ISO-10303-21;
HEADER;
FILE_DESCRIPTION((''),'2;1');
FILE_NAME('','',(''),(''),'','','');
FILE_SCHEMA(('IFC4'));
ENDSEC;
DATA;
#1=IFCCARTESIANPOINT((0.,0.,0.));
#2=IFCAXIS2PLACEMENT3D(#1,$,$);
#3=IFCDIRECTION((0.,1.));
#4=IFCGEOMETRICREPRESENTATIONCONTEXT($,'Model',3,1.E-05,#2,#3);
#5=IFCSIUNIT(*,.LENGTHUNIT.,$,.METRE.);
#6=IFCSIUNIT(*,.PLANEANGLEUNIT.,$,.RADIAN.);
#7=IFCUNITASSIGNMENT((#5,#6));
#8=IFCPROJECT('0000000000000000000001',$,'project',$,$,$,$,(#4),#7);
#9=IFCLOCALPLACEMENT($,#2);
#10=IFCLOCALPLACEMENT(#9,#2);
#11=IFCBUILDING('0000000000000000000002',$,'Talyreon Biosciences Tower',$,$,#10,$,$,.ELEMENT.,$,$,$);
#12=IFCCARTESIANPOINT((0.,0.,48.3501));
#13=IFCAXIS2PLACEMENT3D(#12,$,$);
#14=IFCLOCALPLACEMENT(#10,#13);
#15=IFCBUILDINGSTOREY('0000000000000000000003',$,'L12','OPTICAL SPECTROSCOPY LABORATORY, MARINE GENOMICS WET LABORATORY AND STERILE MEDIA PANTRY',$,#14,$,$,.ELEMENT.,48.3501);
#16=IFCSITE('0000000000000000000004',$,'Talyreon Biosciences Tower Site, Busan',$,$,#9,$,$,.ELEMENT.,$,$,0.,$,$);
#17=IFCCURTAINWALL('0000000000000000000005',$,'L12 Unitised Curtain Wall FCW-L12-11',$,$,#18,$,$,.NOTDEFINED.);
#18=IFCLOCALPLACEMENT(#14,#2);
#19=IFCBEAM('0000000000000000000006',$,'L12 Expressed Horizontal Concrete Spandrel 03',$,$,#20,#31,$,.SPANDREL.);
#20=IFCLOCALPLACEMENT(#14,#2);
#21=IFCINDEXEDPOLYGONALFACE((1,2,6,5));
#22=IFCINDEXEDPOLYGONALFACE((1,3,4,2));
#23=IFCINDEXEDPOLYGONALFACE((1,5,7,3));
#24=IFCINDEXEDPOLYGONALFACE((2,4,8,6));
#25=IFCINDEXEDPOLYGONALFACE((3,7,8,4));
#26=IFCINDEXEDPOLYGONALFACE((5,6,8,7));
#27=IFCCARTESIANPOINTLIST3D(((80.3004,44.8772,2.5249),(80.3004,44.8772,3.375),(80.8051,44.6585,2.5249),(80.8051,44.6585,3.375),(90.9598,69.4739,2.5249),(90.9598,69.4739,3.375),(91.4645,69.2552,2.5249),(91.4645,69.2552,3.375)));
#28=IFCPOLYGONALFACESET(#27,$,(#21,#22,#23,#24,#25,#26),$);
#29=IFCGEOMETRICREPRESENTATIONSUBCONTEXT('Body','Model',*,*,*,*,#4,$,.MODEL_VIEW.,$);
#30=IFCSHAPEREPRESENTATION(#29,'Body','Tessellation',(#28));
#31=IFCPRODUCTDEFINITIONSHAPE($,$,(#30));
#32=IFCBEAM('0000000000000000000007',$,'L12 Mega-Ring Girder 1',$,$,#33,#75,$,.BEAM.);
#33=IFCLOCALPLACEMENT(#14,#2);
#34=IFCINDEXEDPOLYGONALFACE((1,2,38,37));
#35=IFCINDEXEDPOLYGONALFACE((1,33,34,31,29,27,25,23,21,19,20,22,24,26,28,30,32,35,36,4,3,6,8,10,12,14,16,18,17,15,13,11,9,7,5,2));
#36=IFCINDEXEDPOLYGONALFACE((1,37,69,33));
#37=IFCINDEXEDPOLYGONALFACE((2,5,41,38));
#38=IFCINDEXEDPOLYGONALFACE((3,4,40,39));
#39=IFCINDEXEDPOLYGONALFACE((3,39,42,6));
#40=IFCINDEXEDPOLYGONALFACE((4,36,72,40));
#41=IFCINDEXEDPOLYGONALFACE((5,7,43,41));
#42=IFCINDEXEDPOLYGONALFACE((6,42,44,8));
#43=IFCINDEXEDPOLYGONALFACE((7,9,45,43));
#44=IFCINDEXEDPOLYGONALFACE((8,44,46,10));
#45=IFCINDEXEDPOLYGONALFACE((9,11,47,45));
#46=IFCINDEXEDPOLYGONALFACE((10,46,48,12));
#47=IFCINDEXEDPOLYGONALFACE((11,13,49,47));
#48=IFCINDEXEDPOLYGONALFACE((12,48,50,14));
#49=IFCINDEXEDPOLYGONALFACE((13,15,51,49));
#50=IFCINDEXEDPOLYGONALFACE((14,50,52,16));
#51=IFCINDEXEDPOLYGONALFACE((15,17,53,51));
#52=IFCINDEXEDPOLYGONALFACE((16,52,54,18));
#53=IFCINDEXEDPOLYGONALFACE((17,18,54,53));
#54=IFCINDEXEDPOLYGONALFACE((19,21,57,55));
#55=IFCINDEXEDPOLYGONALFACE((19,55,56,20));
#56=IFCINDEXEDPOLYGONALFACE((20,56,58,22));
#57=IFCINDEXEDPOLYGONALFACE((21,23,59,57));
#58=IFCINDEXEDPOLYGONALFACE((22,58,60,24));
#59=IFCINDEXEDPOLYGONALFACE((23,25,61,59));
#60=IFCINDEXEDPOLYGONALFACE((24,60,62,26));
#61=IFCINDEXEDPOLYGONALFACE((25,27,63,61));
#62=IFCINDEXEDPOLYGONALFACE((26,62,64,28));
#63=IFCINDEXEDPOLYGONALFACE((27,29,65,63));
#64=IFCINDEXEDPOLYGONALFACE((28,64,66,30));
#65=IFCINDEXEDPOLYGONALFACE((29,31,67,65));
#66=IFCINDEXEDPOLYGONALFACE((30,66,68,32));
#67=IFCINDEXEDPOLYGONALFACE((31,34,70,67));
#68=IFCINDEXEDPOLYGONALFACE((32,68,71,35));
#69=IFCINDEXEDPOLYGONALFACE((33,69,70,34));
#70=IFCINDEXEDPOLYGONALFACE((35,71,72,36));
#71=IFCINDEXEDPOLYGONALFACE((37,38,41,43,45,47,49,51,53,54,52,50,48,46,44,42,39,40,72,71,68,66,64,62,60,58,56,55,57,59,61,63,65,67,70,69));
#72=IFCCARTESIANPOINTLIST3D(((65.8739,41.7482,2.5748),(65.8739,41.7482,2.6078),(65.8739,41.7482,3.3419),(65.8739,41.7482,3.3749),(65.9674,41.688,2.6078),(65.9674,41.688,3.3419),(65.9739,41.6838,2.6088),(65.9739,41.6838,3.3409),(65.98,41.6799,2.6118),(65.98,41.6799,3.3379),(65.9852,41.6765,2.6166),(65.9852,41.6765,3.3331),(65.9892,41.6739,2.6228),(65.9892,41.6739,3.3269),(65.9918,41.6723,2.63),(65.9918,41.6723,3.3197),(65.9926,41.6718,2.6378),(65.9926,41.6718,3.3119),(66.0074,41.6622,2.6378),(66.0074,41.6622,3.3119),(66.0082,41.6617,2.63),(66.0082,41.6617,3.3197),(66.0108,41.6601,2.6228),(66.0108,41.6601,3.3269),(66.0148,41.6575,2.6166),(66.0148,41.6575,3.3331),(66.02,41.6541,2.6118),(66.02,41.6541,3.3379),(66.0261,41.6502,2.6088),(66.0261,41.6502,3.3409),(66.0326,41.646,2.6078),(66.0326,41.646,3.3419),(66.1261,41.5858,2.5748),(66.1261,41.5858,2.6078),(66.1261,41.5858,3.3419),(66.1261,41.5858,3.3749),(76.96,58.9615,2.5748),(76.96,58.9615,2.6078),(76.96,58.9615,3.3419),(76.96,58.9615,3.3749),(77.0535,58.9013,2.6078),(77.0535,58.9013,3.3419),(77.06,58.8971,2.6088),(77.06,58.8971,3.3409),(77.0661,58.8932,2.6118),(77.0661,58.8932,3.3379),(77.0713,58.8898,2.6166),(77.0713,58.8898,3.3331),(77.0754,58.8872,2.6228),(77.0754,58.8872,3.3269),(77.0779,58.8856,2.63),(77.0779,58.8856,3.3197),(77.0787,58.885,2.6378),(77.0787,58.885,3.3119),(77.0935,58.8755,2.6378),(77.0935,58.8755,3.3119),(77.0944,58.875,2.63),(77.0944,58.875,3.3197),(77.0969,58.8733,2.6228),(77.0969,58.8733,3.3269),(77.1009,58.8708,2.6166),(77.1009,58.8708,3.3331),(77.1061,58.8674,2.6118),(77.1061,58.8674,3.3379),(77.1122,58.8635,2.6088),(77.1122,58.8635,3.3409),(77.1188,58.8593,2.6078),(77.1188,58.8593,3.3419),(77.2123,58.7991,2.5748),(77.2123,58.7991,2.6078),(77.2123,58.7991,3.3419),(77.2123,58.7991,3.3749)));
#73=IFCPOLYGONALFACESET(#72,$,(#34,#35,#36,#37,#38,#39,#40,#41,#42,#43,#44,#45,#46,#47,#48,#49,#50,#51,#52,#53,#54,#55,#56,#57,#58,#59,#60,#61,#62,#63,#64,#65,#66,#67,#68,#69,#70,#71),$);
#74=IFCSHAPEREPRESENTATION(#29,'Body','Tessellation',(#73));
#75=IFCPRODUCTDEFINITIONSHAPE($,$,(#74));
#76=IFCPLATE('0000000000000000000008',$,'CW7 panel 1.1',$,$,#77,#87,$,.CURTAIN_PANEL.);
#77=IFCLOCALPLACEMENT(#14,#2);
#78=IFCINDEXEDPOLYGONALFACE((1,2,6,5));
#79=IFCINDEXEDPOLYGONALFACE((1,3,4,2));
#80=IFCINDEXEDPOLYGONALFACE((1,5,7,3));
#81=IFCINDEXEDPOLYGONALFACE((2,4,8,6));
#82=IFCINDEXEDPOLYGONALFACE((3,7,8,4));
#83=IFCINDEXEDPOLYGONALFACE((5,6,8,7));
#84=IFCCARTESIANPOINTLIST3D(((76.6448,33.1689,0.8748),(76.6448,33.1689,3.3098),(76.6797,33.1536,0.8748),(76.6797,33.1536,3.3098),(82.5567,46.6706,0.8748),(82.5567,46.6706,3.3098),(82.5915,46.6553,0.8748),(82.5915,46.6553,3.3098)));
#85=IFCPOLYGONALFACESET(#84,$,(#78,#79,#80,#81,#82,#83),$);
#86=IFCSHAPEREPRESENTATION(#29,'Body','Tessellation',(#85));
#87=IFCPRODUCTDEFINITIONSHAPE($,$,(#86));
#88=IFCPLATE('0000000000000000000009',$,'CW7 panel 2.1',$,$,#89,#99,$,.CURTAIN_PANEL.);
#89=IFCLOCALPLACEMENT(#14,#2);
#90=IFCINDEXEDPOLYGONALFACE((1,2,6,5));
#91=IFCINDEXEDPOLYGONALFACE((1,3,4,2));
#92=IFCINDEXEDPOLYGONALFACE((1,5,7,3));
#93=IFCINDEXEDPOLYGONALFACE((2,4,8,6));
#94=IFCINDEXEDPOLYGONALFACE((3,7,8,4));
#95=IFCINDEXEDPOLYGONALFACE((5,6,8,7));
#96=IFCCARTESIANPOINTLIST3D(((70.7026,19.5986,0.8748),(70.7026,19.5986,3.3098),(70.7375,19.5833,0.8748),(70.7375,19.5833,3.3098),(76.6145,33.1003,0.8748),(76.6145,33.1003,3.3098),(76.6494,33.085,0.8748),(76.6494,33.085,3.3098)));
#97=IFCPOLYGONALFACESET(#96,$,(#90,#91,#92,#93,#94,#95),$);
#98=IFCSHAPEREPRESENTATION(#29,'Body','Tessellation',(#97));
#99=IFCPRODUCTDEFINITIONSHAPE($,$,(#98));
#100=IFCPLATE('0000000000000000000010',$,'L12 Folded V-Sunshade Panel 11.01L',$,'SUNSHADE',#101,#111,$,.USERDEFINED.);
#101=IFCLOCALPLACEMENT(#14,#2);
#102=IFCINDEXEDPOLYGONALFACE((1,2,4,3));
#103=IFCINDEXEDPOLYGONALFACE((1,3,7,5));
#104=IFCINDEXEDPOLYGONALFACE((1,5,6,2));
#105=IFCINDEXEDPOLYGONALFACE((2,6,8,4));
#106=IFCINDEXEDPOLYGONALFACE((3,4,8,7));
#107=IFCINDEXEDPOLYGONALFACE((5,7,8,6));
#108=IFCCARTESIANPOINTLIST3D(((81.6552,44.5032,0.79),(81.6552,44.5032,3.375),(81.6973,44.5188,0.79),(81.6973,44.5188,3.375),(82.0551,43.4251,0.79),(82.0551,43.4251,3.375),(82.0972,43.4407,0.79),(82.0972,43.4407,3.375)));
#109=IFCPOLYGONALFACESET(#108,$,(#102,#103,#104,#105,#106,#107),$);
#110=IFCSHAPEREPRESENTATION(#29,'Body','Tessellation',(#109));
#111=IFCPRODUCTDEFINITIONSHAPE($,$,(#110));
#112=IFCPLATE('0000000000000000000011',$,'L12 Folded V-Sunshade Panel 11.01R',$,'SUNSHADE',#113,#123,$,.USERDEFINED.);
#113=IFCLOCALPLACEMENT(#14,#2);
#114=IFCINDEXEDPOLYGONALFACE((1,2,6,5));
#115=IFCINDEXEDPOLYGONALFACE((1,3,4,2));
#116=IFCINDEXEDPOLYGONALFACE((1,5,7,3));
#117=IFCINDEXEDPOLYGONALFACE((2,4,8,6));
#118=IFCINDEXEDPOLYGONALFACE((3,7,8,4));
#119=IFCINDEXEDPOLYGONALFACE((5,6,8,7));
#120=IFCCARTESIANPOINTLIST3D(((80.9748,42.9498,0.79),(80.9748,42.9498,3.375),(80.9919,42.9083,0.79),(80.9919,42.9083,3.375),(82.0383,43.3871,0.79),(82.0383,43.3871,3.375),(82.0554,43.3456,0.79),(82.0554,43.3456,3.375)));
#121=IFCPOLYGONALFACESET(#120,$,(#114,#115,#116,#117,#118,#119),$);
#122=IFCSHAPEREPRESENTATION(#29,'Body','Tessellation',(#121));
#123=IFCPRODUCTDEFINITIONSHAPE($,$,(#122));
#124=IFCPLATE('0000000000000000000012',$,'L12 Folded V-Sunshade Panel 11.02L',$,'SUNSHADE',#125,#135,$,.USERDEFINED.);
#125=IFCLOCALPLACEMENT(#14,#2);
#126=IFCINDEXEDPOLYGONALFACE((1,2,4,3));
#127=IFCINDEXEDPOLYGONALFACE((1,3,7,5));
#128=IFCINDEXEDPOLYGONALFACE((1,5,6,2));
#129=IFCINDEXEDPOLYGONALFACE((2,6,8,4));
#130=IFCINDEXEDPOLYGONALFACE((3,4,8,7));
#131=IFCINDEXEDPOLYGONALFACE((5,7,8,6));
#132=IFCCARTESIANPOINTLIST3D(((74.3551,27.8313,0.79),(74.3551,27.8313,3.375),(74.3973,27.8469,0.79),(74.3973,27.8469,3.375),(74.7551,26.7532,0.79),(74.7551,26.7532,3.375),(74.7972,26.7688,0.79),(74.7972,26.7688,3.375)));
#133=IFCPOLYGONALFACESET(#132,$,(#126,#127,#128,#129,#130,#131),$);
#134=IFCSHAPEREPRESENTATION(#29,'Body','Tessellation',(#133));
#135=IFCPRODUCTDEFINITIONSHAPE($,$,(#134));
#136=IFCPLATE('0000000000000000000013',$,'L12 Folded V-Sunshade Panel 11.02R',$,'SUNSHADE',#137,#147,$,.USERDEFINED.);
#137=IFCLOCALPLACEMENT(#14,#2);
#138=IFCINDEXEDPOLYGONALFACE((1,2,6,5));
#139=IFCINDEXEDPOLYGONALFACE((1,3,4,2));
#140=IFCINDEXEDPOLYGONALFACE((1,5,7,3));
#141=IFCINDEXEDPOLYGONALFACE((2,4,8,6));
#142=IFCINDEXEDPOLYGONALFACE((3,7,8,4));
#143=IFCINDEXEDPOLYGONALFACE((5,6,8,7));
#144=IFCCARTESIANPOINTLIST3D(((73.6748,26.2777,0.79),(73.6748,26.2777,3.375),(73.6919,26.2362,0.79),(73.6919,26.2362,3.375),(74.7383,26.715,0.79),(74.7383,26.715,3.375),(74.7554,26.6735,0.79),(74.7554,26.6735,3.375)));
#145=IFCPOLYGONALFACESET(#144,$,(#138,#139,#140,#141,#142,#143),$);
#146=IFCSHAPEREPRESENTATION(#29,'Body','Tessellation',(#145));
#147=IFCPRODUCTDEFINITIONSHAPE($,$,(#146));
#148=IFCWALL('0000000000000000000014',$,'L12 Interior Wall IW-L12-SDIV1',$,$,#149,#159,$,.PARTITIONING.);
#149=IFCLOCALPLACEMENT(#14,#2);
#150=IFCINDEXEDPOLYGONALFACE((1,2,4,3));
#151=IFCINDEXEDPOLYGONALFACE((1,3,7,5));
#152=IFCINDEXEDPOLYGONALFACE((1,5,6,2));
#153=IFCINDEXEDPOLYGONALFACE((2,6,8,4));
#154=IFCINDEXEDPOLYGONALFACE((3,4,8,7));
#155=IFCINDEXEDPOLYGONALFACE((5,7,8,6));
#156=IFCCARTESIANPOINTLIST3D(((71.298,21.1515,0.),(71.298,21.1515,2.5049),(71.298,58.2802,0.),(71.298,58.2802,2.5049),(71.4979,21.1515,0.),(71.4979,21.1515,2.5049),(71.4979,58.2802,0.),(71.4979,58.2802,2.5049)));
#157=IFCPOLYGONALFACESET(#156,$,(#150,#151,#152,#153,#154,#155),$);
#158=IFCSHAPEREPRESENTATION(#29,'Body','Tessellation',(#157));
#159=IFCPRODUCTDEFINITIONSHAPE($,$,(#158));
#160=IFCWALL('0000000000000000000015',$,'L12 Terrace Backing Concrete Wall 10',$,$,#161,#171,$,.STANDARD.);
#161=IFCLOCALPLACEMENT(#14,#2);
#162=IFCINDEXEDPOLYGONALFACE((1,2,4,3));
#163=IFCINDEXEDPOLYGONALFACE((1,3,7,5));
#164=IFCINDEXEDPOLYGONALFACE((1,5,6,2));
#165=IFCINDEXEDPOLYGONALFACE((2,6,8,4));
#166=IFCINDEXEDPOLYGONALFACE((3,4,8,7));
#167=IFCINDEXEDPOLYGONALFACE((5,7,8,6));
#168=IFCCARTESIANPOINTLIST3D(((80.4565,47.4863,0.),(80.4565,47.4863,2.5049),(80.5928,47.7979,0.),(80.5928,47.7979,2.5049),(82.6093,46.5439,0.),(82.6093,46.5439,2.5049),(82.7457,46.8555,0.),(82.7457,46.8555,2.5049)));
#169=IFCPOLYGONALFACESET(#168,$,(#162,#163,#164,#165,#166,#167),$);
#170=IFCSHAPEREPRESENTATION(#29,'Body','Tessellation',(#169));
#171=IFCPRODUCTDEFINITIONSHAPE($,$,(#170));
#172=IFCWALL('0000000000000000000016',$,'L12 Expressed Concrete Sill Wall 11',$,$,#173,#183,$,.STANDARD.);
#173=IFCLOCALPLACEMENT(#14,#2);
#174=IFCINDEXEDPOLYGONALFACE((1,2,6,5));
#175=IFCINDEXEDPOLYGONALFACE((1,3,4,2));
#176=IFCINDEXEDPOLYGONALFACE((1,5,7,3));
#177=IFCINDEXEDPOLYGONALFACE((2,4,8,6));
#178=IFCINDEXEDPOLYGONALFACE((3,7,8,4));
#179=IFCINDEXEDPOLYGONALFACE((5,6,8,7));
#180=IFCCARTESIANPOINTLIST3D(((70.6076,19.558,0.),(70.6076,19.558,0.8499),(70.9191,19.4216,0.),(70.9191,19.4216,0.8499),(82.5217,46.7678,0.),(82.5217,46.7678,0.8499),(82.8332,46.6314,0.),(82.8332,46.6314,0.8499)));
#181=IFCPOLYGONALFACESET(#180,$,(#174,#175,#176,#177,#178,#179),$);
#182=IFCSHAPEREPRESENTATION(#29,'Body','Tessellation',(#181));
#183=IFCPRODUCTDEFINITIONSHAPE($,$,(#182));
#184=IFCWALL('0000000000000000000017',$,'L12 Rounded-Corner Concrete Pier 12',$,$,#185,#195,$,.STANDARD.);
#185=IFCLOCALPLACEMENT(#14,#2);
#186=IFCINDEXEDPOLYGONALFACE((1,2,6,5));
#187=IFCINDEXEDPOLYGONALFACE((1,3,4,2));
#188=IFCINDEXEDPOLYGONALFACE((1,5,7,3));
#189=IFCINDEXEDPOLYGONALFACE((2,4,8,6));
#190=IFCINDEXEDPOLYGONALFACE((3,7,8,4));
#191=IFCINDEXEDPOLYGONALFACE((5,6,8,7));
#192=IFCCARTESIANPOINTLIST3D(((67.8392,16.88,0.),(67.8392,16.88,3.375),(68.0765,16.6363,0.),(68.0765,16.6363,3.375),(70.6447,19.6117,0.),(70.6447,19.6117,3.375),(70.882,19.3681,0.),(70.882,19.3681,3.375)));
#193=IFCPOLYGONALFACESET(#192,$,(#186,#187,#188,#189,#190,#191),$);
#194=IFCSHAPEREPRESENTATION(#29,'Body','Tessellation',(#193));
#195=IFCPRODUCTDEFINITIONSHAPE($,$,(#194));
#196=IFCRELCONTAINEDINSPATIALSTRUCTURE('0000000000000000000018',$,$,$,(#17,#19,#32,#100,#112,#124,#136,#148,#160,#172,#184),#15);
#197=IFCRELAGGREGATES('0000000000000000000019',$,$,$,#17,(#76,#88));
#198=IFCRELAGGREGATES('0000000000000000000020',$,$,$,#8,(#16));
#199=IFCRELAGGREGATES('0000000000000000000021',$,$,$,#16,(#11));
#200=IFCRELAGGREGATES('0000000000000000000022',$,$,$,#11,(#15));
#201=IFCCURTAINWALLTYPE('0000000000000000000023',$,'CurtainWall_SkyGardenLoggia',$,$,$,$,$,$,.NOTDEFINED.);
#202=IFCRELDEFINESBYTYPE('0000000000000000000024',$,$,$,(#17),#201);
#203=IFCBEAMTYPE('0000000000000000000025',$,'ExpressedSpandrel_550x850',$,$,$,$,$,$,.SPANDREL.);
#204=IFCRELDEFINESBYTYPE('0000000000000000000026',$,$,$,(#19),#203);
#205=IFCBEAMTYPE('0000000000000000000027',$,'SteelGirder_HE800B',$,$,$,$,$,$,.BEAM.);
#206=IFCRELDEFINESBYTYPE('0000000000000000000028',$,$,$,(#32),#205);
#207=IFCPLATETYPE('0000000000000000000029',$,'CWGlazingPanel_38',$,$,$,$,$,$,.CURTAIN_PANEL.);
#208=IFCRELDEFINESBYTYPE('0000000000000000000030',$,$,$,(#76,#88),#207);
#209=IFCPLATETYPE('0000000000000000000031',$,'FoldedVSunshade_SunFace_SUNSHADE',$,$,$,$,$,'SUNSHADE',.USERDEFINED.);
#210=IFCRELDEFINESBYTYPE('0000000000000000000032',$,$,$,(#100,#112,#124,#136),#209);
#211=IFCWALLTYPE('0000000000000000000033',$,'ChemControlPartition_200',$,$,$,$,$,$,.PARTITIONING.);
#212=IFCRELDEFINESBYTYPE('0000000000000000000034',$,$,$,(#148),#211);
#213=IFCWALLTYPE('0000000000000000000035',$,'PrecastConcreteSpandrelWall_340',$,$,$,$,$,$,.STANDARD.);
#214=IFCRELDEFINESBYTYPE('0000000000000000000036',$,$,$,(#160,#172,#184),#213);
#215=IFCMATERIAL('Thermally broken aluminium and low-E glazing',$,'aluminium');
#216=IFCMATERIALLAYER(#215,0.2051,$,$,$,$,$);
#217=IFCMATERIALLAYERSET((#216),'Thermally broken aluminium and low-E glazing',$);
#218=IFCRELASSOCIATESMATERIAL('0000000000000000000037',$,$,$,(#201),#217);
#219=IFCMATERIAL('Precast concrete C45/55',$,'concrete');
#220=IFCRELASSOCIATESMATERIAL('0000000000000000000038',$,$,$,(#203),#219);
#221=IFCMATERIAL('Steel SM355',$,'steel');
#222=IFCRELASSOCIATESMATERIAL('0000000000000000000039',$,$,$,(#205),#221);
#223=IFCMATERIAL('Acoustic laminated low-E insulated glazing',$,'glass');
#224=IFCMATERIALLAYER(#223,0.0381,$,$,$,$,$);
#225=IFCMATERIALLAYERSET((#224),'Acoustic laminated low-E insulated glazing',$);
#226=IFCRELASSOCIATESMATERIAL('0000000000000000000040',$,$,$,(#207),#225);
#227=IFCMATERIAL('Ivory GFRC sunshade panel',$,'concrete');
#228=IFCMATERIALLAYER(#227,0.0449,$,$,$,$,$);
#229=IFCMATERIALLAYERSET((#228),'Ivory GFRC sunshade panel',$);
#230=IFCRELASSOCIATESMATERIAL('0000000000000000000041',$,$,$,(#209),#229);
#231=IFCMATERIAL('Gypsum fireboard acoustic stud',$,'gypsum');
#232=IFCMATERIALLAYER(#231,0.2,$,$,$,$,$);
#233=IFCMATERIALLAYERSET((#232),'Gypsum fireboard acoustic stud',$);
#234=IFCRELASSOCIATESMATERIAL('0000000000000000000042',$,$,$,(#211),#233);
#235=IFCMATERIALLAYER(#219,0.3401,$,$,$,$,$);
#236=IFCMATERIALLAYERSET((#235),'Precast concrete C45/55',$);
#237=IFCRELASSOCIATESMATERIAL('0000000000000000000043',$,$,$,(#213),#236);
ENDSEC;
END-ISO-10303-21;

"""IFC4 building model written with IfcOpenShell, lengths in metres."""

from ifc_helpers import new_model, si_unit, direction, frame, frame_2d, origin, origin_2d, place, context, subcontext, project, spatial, rectangle, i_section, extrude, material, layer, layer_set, material_profile, profile_set, type_object, element, aggregate, save


model = new_model("IFC4")

# Units and contexts
model_context = context("Model", 3, precision=1e-05, world=origin(), true_north=direction((0.0, 1.0)))
body_context = subcontext(model_context, "Body", "Model", "MODEL_VIEW")
ifc_project = project(units=[si_unit("LENGTHUNIT", "METRE"), si_unit("PLANEANGLEUNIT", "RADIAN")], contexts=[model_context])

# Site, building, storey
site_placement = place(None, origin())
site = spatial("IfcSite", under=ifc_project, at=site_placement, Name="Talyreon Biosciences Tower Site, Busan", CompositionType="ELEMENT", RefElevation=0.0)
building_placement = place(site_placement, origin())
building = spatial("IfcBuilding", under=site, at=building_placement, Name="Talyreon Biosciences Tower", CompositionType="ELEMENT")
storey_placement = place(building_placement, frame((0.0, 0.0, 48.3501)))
storey = spatial("IfcBuildingStorey", under=building, at=storey_placement, Name="L12", Description="OPTICAL SPECTROSCOPY LABORATORY, MARINE GENOMICS WET LABORATORY AND STERILE MEDIA PANTRY", CompositionType="ELEMENT", Elevation=48.3501)

# Shared definitions
ifc_material_1 = material(Name="Precast concrete C45/55", Category="concrete")

# Curtain wall
ifc_material_2 = material(Name="Thermally broken aluminium and low-E glazing", Category="aluminium")
ifc_layer_1 = layer(ifc_material_2, 0.2051)
ifc_layer_set_1 = layer_set([ifc_layer_1], Name="Thermally broken aluminium and low-E glazing")
curtain_wall_type = type_object("IfcCurtainWallType", Name="CurtainWall_SkyGardenLoggia", PredefinedType="NOTDEFINED", material=ifc_layer_set_1)
curtain_wall_placement = place(storey_placement, origin())
curtain_wall = element("IfcCurtainWall", 1, at=curtain_wall_placement, inside=storey, type_object=curtain_wall_type, Name="L12 Unitised Curtain Wall FCW-L12-11", PredefinedType="NOTDEFINED")

# Beams
ifc_material_profile_1 = material_profile(ifc_material_1, rectangle(XDim=0.55, YDim=0.8501, at=origin_2d()), Name="RCB 550x850")
ifc_profile_set_1 = profile_set([ifc_material_profile_1], Name="Precast concrete C45/55")
beam_type_1 = type_object("IfcBeamType", Name="ExpressedSpandrel_550x850", PredefinedType="SPANDREL", material=ifc_profile_set_1)
beam_1_placement = place(storey_placement, frame((80.5527, 44.7678, 2.95), z_axis=(0.397635, 0.917544, 0.0), x_axis=(-0.917544, 0.397635, 0.0)))
element("IfcBeam", 2, at=beam_1_placement, inside=storey, type_object=beam_type_1, Name="L12 Expressed Horizontal Concrete Spandrel 03", PredefinedType="SPANDREL", context=body_context, shape_type="SweptSolid", body=[
    extrude(rectangle(XDim=0.55, YDim=0.8501, at=origin_2d()), origin(), (0.0, 0.0, 1.0), 26.8071),
])
ifc_material_3 = material(Name="Steel SM355", Category="steel")
ifc_material_profile_2 = material_profile(ifc_material_3, i_section(OverallWidth=0.3, OverallDepth=0.8, WebThickness=0.0176, FlangeThickness=0.033, FilletRadius=0.03, at=origin_2d()), Name="HE800B")
ifc_profile_set_2 = profile_set([ifc_material_profile_2], Name="Steel SM355")
beam_type_2 = type_object("IfcBeamType", Name="SteelGirder_HE800B", PredefinedType="BEAM", material=ifc_profile_set_2)
beam_2_placement = place(storey_placement, frame((66.0, 41.667, 2.9749), z_axis=(0.541464, 0.840724, 0.0), x_axis=(-0.840724, 0.541464, 0.0)))
element("IfcBeam", 3, at=beam_2_placement, inside=storey, type_object=beam_type_2, Name="L12 Mega-Ring Girder 1", PredefinedType="BEAM", context=body_context, shape_type="SweptSolid", body=[
    extrude(i_section(OverallWidth=0.3, OverallDepth=0.8, WebThickness=0.0176, FlangeThickness=0.033, FilletRadius=0.03, at=origin_2d()), origin(), (0.0, 0.0, 1.0), 20.4744),
])

# Plates
ifc_material_4 = material(Name="Acoustic laminated low-E insulated glazing", Category="glass")
ifc_layer_2 = layer(ifc_material_4, 0.0381)
ifc_layer_set_2 = layer_set([ifc_layer_2], Name="Acoustic laminated low-E insulated glazing")
plate_type_1 = type_object("IfcPlateType", Name="CWGlazingPanel_38", PredefinedType="CURTAIN_PANEL", material=ifc_layer_set_2)
plate_1_placement = place(storey_placement, frame((79.6182, 39.9121, 0.8748), z_axis=(0.0, 0.0, 1.0), x_axis=(-0.401097, -0.916036, 0.0)))
plate_1 = element("IfcPlate", 4, at=plate_1_placement, type_object=plate_type_1, Name="CW7 panel 1.1", PredefinedType="CURTAIN_PANEL", context=body_context, shape_type="SweptSolid", body=[
    extrude(rectangle(XDim=14.7393, YDim=0.0381, at=origin_2d()), origin(), (0.0, 0.0, 1.0), 2.4351),
])
plate_2_placement = place(storey_placement, frame((73.676, 26.3418, 0.8748), z_axis=(0.0, 0.0, 1.0), x_axis=(-0.401097, -0.916036, 0.0)))
plate_2 = element("IfcPlate", 5, at=plate_2_placement, type_object=plate_type_1, Name="CW7 panel 2.1", PredefinedType="CURTAIN_PANEL", context=body_context, shape_type="SweptSolid", body=[
    extrude(rectangle(XDim=14.7393, YDim=0.0381, at=origin_2d()), origin(), (0.0, 0.0, 1.0), 2.4351),
])
aggregate(curtain_wall, [plate_1, plate_2])

# Plates
ifc_material_5 = material(Name="Ivory GFRC sunshade panel", Category="concrete")
ifc_layer_3 = layer(ifc_material_5, 0.0449)
ifc_layer_set_3 = layer_set([ifc_layer_3], Name="Ivory GFRC sunshade panel")
plate_type_2 = type_object("IfcPlateType", Name="FoldedVSunshade_SunFace_SUNSHADE", ElementType="SUNSHADE", PredefinedType="USERDEFINED", material=ifc_layer_set_3)
for number, where, z_axis, x_axis, name in (
    (6, (81.8762, 43.9719, 0.79), (0.0, 0.0, 1.0), (0.347803, -0.937568, 0.0), "L12 Folded V-Sunshade Panel 11.01L"),
    (7, (81.5151, 43.1477, 0.79), (0.0, 0.0, 1.0), (-0.924858, -0.380312, 0.0), "L12 Folded V-Sunshade Panel 11.01R"),
    (8, (74.5762, 27.3, 0.79), (0.0, 0.0, 1.0), (0.347803, -0.937568, 0.0), "L12 Folded V-Sunshade Panel 11.02L"),
    (9, (74.2151, 26.4756, 0.79), (0.0, 0.0, 1.0), (-0.924858, -0.380312, 0.0), "L12 Folded V-Sunshade Panel 11.02R"),
):
    element("IfcPlate", number, at=place(storey_placement, frame(where, z_axis=z_axis, x_axis=x_axis)), inside=storey, type_object=plate_type_2, Name=name, ObjectType="SUNSHADE", PredefinedType="USERDEFINED", context=body_context, shape_type="SweptSolid", body=[
        extrude(rectangle(XDim=1.1499, YDim=0.0449, at=origin_2d()), origin(), (0.0, 0.0, 1.0), 2.585),
    ])

# Walls
ifc_material_6 = material(Name="Gypsum fireboard acoustic stud", Category="gypsum")
ifc_layer_4 = layer(ifc_material_6, 0.2)
ifc_layer_set_4 = layer_set([ifc_layer_4], Name="Gypsum fireboard acoustic stud")
wall_type_1 = type_object("IfcWallType", Name="ChemControlPartition_200", PredefinedType="PARTITIONING", material=ifc_layer_set_4)
wall_1_placement = place(storey_placement, frame((71.3979, 21.1514, 0.0), z_axis=(0.0, 0.0, 1.0), x_axis=(0.0, 1.0, 0.0)))
element("IfcWall", 10, at=wall_1_placement, inside=storey, type_object=wall_type_1, Name="L12 Interior Wall IW-L12-SDIV1", PredefinedType="PARTITIONING", context=body_context, shape_type="SweptSolid", body=[
    extrude(rectangle(XDim=37.1287, YDim=0.2, at=frame_2d((18.5645, 0.0))), origin(), (0.0, 0.0, 1.0), 2.5049),
])
ifc_layer_5 = layer(ifc_material_1, 0.3401)
ifc_layer_set_5 = layer_set([ifc_layer_5], Name="Precast concrete C45/55")
wall_type_2 = type_object("IfcWallType", Name="PrecastConcreteSpandrelWall_340", PredefinedType="STANDARD", material=ifc_layer_set_5)
wall_2_placement = place(storey_placement, frame((80.5247, 47.6421, 0.0), z_axis=(0.0, 0.0, 1.0), x_axis=(0.916076, -0.401004, 0.0)))
element("IfcWall", 11, at=wall_2_placement, inside=storey, type_object=wall_type_2, Name="L12 Terrace Backing Concrete Wall 10", PredefinedType="STANDARD", context=body_context, shape_type="SweptSolid", body=[
    extrude(rectangle(XDim=2.3501, YDim=0.3401, at=frame_2d((1.175, 0.0))), origin(), (0.0, 0.0, 1.0), 2.5049),
])
wall_3_placement = place(storey_placement, frame((82.6775, 46.6997, 0.0), z_axis=(0.0, 0.0, 1.0), x_axis=(-0.401096, -0.916036, 0.0)))
element("IfcWall", 12, at=wall_3_placement, inside=storey, type_object=wall_type_2, Name="L12 Expressed Concrete Sill Wall 11", PredefinedType="STANDARD", context=body_context, shape_type="SweptSolid", body=[
    extrude(rectangle(XDim=29.7039, YDim=0.3401, at=frame_2d((14.8521, 0.0))), origin(), (0.0, 0.0, 1.0), 0.8499),
])
wall_4_placement = place(storey_placement, frame((70.7634, 19.49, 0.0), z_axis=(0.0, 0.0, 1.0), x_axis=(-0.716459, -0.697629, 0.0)))
element("IfcWall", 13, at=wall_4_placement, inside=storey, type_object=wall_type_2, Name="L12 Rounded-Corner Concrete Pier 12", PredefinedType="STANDARD", context=body_context, shape_type="SweptSolid", body=[
    extrude(rectangle(XDim=3.9158, YDim=0.3401, at=frame_2d((1.958, 0.0))), origin(), (0.0, 0.0, 1.0), 3.375),
])

save(model, "model.ifc")
